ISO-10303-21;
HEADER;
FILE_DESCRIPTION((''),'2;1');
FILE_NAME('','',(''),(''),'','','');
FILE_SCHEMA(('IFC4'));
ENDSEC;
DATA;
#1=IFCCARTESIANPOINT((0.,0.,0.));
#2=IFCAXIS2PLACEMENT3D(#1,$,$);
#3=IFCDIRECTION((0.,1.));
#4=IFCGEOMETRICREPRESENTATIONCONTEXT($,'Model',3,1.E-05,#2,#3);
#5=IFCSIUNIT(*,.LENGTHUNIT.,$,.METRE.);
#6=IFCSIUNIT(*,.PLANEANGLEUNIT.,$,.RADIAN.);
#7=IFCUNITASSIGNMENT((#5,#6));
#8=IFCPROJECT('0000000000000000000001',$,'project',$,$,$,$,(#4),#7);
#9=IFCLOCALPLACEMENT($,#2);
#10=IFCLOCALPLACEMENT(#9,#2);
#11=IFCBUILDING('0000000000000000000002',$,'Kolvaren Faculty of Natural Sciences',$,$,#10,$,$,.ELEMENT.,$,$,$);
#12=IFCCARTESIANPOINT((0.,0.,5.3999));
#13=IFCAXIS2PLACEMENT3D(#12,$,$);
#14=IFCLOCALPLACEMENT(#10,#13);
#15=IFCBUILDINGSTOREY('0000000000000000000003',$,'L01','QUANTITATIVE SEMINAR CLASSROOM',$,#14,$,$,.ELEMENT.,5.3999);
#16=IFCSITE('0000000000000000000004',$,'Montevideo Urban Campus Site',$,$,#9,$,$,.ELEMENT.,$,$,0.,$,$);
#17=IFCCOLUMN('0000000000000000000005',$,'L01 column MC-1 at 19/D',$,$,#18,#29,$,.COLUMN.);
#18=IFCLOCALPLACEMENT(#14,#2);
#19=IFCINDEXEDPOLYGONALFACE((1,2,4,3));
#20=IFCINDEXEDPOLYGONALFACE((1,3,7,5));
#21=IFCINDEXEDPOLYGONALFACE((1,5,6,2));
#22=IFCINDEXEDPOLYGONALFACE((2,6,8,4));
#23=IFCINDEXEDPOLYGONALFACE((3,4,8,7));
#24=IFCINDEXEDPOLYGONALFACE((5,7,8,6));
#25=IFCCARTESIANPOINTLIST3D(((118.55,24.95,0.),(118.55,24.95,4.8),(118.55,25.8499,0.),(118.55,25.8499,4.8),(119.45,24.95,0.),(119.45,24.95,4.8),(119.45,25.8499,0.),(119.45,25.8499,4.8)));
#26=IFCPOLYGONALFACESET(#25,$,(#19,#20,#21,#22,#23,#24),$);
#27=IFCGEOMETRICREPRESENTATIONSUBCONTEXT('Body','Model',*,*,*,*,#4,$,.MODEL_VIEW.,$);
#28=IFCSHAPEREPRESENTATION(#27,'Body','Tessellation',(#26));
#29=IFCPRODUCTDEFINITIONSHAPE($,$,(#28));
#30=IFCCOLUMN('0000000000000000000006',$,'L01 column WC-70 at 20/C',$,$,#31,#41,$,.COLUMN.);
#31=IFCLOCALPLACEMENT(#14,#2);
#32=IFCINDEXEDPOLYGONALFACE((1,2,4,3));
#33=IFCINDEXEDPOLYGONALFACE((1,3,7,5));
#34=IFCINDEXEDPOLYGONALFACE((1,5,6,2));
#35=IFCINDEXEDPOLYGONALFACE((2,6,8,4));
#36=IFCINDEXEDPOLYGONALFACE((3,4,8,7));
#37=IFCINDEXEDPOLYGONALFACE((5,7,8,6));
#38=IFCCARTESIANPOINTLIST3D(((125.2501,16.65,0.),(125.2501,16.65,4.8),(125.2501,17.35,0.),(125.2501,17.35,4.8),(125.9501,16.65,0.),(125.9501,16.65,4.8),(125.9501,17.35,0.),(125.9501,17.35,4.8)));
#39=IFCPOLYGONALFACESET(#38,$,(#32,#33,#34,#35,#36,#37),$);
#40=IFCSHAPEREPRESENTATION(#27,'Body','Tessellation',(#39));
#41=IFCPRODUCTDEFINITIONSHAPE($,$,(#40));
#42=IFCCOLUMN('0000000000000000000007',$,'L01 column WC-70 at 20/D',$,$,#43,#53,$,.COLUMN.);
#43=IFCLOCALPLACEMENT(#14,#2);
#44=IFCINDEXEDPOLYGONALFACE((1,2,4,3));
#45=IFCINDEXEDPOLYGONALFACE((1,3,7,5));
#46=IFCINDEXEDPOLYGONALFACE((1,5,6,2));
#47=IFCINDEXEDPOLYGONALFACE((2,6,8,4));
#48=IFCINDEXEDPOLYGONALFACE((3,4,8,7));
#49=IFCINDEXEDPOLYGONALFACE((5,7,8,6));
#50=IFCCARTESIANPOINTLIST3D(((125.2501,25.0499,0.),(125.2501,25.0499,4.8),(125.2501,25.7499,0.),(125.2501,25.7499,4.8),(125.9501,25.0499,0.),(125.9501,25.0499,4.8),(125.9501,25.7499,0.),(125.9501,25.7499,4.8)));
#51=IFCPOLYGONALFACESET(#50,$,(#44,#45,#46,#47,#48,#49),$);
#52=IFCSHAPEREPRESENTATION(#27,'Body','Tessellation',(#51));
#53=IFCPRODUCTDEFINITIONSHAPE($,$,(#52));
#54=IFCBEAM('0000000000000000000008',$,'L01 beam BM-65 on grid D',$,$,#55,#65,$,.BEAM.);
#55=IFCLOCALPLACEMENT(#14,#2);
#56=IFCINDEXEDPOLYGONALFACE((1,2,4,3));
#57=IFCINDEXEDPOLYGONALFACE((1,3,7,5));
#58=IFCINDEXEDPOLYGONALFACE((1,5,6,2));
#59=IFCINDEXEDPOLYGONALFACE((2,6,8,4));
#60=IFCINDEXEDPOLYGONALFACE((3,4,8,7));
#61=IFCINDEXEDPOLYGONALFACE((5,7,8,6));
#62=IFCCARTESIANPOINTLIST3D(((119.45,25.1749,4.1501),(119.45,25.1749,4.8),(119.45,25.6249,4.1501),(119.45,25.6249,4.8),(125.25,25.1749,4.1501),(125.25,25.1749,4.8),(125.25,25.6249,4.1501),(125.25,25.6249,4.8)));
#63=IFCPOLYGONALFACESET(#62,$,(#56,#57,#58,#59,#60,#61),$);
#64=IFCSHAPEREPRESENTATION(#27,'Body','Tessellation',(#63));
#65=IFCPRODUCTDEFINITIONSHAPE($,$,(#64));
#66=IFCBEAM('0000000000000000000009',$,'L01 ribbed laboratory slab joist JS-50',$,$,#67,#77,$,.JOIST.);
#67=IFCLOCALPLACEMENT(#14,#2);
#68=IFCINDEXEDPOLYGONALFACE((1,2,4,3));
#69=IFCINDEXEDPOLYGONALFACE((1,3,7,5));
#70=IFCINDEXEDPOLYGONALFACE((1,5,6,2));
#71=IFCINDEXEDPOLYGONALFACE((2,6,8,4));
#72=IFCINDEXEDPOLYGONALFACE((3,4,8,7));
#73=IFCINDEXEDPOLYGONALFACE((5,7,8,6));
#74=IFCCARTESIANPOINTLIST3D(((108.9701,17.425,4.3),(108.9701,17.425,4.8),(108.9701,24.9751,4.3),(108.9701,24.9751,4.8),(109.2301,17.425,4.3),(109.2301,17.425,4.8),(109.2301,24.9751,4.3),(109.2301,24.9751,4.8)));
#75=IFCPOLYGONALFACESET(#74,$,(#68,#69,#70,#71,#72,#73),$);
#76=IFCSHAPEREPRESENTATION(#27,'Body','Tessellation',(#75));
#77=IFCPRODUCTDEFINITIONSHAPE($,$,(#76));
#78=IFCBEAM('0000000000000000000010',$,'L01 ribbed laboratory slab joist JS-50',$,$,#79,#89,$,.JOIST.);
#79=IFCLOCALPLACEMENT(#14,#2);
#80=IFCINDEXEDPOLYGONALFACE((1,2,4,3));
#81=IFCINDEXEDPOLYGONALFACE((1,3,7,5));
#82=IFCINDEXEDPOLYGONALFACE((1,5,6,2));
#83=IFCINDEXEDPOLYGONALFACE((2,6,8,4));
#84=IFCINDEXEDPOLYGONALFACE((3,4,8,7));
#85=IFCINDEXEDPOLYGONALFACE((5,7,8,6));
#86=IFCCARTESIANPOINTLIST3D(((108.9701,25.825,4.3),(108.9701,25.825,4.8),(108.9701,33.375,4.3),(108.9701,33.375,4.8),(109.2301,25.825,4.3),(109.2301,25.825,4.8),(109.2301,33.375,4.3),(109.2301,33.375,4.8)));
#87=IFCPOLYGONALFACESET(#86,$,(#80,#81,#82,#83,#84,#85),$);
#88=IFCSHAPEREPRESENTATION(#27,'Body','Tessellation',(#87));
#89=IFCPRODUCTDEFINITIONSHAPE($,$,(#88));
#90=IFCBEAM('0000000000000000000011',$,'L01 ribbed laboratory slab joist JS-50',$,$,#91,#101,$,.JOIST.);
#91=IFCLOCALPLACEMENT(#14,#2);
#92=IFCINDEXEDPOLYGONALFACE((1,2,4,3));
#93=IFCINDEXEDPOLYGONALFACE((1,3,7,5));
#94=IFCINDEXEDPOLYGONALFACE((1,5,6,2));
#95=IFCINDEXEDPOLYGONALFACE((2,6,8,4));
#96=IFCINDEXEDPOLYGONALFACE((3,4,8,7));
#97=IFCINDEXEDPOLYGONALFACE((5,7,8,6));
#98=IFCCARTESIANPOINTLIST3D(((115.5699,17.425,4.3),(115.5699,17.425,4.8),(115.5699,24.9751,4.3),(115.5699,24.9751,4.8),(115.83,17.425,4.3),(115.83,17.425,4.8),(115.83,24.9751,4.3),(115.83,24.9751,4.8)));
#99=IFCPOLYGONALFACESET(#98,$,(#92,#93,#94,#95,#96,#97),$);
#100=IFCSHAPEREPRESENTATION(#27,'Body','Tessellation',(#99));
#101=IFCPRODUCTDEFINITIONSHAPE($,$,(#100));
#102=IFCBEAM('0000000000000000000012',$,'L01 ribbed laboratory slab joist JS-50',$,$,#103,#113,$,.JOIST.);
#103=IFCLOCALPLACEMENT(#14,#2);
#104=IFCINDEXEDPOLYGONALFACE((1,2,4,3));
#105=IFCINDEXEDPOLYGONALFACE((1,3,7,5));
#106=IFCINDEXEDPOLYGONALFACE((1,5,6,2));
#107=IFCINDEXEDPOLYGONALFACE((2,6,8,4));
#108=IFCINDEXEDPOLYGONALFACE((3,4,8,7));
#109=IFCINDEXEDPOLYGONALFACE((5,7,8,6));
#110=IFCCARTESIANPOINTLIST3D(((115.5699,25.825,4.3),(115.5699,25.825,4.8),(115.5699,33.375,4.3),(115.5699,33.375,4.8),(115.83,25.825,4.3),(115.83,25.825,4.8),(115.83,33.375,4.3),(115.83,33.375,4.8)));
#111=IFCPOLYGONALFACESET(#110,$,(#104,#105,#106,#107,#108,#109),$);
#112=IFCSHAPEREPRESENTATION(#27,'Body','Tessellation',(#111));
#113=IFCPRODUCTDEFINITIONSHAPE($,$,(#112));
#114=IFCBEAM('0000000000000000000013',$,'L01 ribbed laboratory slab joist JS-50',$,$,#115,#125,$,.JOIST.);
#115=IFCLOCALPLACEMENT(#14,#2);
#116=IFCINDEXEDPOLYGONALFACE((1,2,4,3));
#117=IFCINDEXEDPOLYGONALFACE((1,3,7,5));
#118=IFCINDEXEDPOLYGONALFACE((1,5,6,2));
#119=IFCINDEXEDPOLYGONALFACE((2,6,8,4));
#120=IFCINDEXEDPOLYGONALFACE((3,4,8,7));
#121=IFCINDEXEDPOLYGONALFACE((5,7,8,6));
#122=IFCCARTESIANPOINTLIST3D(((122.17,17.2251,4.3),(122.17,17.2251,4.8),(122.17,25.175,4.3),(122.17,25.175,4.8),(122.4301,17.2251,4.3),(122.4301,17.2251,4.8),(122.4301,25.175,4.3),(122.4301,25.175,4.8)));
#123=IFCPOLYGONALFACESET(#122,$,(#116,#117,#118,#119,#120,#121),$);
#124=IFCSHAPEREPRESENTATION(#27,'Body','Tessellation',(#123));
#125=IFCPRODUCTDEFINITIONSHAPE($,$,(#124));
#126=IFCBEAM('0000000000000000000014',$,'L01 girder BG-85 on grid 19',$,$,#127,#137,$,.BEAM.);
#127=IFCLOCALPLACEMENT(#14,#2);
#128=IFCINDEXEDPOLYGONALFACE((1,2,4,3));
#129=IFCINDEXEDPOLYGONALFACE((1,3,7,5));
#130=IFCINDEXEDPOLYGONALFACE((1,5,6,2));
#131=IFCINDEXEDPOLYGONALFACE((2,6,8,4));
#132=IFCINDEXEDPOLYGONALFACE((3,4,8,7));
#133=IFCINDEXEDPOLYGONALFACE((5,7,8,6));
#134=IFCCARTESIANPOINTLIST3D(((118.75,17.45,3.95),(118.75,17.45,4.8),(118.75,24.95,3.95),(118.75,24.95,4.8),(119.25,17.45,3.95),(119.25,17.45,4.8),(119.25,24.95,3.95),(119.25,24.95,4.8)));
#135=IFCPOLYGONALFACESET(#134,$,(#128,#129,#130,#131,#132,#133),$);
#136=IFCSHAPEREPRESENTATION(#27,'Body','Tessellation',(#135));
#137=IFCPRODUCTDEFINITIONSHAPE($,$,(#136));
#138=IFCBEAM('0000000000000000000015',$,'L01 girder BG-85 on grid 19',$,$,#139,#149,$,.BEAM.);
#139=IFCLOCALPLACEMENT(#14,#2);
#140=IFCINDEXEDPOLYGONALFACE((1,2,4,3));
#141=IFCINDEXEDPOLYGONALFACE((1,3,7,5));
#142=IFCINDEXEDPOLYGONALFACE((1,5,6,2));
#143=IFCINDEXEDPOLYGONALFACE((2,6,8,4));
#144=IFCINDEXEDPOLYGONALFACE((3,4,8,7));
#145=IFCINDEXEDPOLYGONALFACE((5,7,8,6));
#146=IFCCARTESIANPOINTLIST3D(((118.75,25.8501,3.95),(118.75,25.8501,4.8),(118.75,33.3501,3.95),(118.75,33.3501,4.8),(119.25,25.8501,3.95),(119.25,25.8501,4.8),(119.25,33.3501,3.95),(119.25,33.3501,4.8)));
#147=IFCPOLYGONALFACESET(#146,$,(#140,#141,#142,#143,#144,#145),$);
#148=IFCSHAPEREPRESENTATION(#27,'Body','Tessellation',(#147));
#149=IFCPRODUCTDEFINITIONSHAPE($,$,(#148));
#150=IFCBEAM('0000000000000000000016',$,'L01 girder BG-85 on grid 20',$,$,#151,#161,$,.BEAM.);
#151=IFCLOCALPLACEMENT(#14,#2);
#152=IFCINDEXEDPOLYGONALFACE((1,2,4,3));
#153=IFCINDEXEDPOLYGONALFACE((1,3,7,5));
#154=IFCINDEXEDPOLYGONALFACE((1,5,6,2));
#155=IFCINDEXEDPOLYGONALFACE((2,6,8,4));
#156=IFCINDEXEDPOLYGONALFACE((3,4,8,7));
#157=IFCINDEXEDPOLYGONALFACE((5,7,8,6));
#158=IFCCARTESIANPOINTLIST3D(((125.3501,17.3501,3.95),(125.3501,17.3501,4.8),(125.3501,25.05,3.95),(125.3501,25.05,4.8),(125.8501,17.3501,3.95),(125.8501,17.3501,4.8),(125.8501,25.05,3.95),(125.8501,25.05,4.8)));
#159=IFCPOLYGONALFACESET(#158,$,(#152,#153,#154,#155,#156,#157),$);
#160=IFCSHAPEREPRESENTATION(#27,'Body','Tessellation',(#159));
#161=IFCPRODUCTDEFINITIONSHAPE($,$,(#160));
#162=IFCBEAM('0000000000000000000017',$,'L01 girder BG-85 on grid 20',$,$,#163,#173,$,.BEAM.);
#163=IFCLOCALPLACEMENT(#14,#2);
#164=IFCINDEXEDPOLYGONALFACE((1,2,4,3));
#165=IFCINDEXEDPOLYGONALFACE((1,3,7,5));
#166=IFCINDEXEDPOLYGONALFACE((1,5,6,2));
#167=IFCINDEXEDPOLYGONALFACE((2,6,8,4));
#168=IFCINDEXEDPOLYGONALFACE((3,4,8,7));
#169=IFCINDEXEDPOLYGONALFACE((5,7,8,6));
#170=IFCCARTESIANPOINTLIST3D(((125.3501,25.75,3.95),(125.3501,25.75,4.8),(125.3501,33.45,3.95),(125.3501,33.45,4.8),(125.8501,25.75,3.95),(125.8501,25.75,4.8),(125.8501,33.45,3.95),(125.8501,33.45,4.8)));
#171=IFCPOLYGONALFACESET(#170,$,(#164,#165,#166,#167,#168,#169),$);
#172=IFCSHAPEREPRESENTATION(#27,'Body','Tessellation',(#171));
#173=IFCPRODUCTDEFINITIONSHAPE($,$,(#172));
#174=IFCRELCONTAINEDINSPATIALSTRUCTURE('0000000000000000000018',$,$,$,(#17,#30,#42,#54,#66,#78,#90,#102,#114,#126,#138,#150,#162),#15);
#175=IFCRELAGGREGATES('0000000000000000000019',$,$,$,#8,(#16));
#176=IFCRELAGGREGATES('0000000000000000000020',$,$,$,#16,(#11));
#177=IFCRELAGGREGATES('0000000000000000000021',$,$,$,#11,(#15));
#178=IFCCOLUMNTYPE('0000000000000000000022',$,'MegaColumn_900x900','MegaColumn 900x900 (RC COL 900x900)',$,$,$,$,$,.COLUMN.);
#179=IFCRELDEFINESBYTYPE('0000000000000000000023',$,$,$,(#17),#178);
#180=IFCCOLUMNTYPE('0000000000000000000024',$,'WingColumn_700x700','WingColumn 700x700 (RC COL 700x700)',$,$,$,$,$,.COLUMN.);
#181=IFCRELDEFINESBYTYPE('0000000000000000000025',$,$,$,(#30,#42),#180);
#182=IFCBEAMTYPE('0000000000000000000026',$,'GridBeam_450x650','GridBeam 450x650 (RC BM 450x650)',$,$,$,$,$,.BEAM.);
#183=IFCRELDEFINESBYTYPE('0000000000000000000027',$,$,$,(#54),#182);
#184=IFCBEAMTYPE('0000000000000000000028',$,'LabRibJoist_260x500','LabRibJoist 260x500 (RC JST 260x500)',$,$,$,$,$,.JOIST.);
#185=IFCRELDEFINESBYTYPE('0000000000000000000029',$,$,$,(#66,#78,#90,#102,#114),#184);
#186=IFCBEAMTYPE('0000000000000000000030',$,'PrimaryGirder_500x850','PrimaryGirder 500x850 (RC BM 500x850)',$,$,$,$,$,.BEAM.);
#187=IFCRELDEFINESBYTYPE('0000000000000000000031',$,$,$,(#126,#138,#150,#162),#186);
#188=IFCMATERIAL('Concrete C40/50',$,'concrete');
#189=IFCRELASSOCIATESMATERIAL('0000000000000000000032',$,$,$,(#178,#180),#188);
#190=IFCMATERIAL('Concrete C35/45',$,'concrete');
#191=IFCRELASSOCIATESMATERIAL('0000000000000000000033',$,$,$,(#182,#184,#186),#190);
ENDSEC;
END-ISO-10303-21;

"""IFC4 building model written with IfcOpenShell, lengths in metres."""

from ifc_helpers import new_model, si_unit, direction, frame, origin, origin_2d, place, context, subcontext, project, spatial, rectangle, extrude, material, material_profile, profile_set, type_object, element, save


model = new_model("IFC4")

# Units and contexts
model_context = context("Model", 3, precision=1e-05, world=origin(), true_north=direction((0.0, 1.0)))
body_context = subcontext(model_context, "Body", "Model", "MODEL_VIEW")
ifc_project = project(units=[si_unit("LENGTHUNIT", "METRE"), si_unit("PLANEANGLEUNIT", "RADIAN")], contexts=[model_context])

# Site, building, storey
site_placement = place(None, origin())
site = spatial("IfcSite", under=ifc_project, at=site_placement, Name="Montevideo Urban Campus Site", CompositionType="ELEMENT", RefElevation=0.0)
building_placement = place(site_placement, origin())
building = spatial("IfcBuilding", under=site, at=building_placement, Name="Kolvaren Faculty of Natural Sciences", CompositionType="ELEMENT")
storey_placement = place(building_placement, frame((0.0, 0.0, 5.3999)))
storey = spatial("IfcBuildingStorey", under=building, at=storey_placement, Name="L01", Description="QUANTITATIVE SEMINAR CLASSROOM", CompositionType="ELEMENT", Elevation=5.3999)

# Columns
ifc_material_1 = material(Name="Concrete C40/50", Category="concrete")
ifc_material_profile_1 = material_profile(ifc_material_1, rectangle(XDim=0.8999, YDim=0.8999, at=origin_2d()), Name="RC COL 900x900")
ifc_profile_set_1 = profile_set([ifc_material_profile_1], Name="Concrete C40/50")
column_type_1 = type_object("IfcColumnType", Name="MegaColumn_900x900", Description="MegaColumn 900x900 (RC COL 900x900)", PredefinedType="COLUMN", material=ifc_profile_set_1)
column_placement = place(storey_placement, frame((119.0, 25.3999, 0.0), z_axis=(0.0, 0.0, 1.0), x_axis=(1.0, 0.0, 0.0)))
element("IfcColumn", 1, at=column_placement, inside=storey, type_object=column_type_1, Name="L01 column MC-1 at 19/D", PredefinedType="COLUMN", context=body_context, shape_type="SweptSolid", body=[
    extrude(rectangle(XDim=0.8999, YDim=0.8999, at=origin_2d()), origin(), (0.0, 0.0, 1.0), 4.8),
])
ifc_material_profile_2 = material_profile(ifc_material_1, rectangle(XDim=0.7, YDim=0.7, at=origin_2d()), Name="RC COL 700x700")
ifc_profile_set_2 = profile_set([ifc_material_profile_2], Name="Concrete C40/50")
column_type_2 = type_object("IfcColumnType", Name="WingColumn_700x700", Description="WingColumn 700x700 (RC COL 700x700)", PredefinedType="COLUMN", material=ifc_profile_set_2)
for number, where, z_axis, x_axis, name in (
    (2, (125.6001, 17.0, 0.0), (0.0, 0.0, 1.0), (1.0, 0.0, 0.0), "L01 column WC-70 at 20/C"),
    (3, (125.6001, 25.3999, 0.0), (0.0, 0.0, 1.0), (1.0, 0.0, 0.0), "L01 column WC-70 at 20/D"),
):
    element("IfcColumn", number, at=place(storey_placement, frame(where, z_axis=z_axis, x_axis=x_axis)), inside=storey, type_object=column_type_2, Name=name, PredefinedType="COLUMN", context=body_context, shape_type="SweptSolid", body=[
        extrude(rectangle(XDim=0.7, YDim=0.7, at=origin_2d()), origin(), (0.0, 0.0, 1.0), 4.8),
    ])

# Beams
ifc_material_2 = material(Name="Concrete C35/45", Category="concrete")
ifc_material_profile_3 = material_profile(ifc_material_2, rectangle(XDim=0.45, YDim=0.6499, at=origin_2d()), Name="RC BM 450x650")
ifc_profile_set_3 = profile_set([ifc_material_profile_3], Name="Concrete C35/45")
beam_type_1 = type_object("IfcBeamType", Name="GridBeam_450x650", Description="GridBeam 450x650 (RC BM 450x650)", PredefinedType="BEAM", material=ifc_profile_set_3)
beam_1_placement = place(storey_placement, frame((119.45, 25.3999, 4.4751), z_axis=(1.0, 0.0, 0.0), x_axis=(0.0, 1.0, 0.0)))
element("IfcBeam", 4, at=beam_1_placement, inside=storey, type_object=beam_type_1, Name="L01 beam BM-65 on grid D", PredefinedType="BEAM", context=body_context, shape_type="SweptSolid", body=[
    extrude(rectangle(XDim=0.45, YDim=0.6499, at=origin_2d()), origin(), (0.0, 0.0, 1.0), 5.8),
])
ifc_material_profile_4 = material_profile(ifc_material_2, rectangle(XDim=0.26, YDim=0.5, at=origin_2d()), Name="RC JST 260x500")
ifc_profile_set_4 = profile_set([ifc_material_profile_4], Name="Concrete C35/45")
beam_type_2 = type_object("IfcBeamType", Name="LabRibJoist_260x500", Description="LabRibJoist 260x500 (RC JST 260x500)", PredefinedType="JOIST", material=ifc_profile_set_4)
for number, where, z_axis, x_axis, name in (
    (5, (109.1001, 17.425, 4.55), (0.0, 1.0, 0.0), (-1.0, 0.0, 0.0), "L01 ribbed laboratory slab joist JS-50"),
    (6, (109.1001, 25.825, 4.55), (0.0, 1.0, 0.0), (-1.0, 0.0, 0.0), "L01 ribbed laboratory slab joist JS-50"),
    (7, (115.7, 17.425, 4.55), (0.0, 1.0, 0.0), (-1.0, 0.0, 0.0), "L01 ribbed laboratory slab joist JS-50"),
    (8, (115.7, 25.825, 4.55), (0.0, 1.0, 0.0), (-1.0, 0.0, 0.0), "L01 ribbed laboratory slab joist JS-50"),
):
    element("IfcBeam", number, at=place(storey_placement, frame(where, z_axis=z_axis, x_axis=x_axis)), inside=storey, type_object=beam_type_2, Name=name, PredefinedType="JOIST", context=body_context, shape_type="SweptSolid", body=[
        extrude(rectangle(XDim=0.26, YDim=0.5, at=origin_2d()), origin(), (0.0, 0.0, 1.0), 7.55),
    ])
beam_2_placement = place(storey_placement, frame((122.3, 17.2251, 4.55), z_axis=(0.0, 1.0, 0.0), x_axis=(-1.0, 0.0, 0.0)))
element("IfcBeam", 9, at=beam_2_placement, inside=storey, type_object=beam_type_2, Name="L01 ribbed laboratory slab joist JS-50", PredefinedType="JOIST", context=body_context, shape_type="SweptSolid", body=[
    extrude(rectangle(XDim=0.26, YDim=0.5, at=origin_2d()), origin(), (0.0, 0.0, 1.0), 7.95),
])
ifc_material_profile_5 = material_profile(ifc_material_2, rectangle(XDim=0.5, YDim=0.8501, at=origin_2d()), Name="RC BM 500x850")
ifc_profile_set_5 = profile_set([ifc_material_profile_5], Name="Concrete C35/45")
beam_type_3 = type_object("IfcBeamType", Name="PrimaryGirder_500x850", Description="PrimaryGirder 500x850 (RC BM 500x850)", PredefinedType="BEAM", material=ifc_profile_set_5)
for number, where, z_axis, x_axis, name in (
    (10, (119.0, 17.45, 4.375), (0.0, 1.0, 0.0), (-1.0, 0.0, 0.0), "L01 girder BG-85 on grid 19"),
    (11, (119.0, 25.8501, 4.375), (0.0, 1.0, 0.0), (-1.0, 0.0, 0.0), "L01 girder BG-85 on grid 19"),
):
    element("IfcBeam", number, at=place(storey_placement, frame(where, z_axis=z_axis, x_axis=x_axis)), inside=storey, type_object=beam_type_3, Name=name, PredefinedType="BEAM", context=body_context, shape_type="SweptSolid", body=[
        extrude(rectangle(XDim=0.5, YDim=0.8501, at=origin_2d()), origin(), (0.0, 0.0, 1.0), 7.5),
    ])
for number, where, z_axis, x_axis, name in (
    (12, (125.6001, 17.3501, 4.375), (0.0, 1.0, 0.0), (-1.0, 0.0, 0.0), "L01 girder BG-85 on grid 20"),
    (13, (125.6001, 25.75, 4.375), (0.0, 1.0, 0.0), (-1.0, 0.0, 0.0), "L01 girder BG-85 on grid 20"),
):
    element("IfcBeam", number, at=place(storey_placement, frame(where, z_axis=z_axis, x_axis=x_axis)), inside=storey, type_object=beam_type_3, Name=name, PredefinedType="BEAM", context=body_context, shape_type="SweptSolid", body=[
        extrude(rectangle(XDim=0.5, YDim=0.8501, at=origin_2d()), origin(), (0.0, 0.0, 1.0), 7.7),
    ])

save(model, "model.ifc")
